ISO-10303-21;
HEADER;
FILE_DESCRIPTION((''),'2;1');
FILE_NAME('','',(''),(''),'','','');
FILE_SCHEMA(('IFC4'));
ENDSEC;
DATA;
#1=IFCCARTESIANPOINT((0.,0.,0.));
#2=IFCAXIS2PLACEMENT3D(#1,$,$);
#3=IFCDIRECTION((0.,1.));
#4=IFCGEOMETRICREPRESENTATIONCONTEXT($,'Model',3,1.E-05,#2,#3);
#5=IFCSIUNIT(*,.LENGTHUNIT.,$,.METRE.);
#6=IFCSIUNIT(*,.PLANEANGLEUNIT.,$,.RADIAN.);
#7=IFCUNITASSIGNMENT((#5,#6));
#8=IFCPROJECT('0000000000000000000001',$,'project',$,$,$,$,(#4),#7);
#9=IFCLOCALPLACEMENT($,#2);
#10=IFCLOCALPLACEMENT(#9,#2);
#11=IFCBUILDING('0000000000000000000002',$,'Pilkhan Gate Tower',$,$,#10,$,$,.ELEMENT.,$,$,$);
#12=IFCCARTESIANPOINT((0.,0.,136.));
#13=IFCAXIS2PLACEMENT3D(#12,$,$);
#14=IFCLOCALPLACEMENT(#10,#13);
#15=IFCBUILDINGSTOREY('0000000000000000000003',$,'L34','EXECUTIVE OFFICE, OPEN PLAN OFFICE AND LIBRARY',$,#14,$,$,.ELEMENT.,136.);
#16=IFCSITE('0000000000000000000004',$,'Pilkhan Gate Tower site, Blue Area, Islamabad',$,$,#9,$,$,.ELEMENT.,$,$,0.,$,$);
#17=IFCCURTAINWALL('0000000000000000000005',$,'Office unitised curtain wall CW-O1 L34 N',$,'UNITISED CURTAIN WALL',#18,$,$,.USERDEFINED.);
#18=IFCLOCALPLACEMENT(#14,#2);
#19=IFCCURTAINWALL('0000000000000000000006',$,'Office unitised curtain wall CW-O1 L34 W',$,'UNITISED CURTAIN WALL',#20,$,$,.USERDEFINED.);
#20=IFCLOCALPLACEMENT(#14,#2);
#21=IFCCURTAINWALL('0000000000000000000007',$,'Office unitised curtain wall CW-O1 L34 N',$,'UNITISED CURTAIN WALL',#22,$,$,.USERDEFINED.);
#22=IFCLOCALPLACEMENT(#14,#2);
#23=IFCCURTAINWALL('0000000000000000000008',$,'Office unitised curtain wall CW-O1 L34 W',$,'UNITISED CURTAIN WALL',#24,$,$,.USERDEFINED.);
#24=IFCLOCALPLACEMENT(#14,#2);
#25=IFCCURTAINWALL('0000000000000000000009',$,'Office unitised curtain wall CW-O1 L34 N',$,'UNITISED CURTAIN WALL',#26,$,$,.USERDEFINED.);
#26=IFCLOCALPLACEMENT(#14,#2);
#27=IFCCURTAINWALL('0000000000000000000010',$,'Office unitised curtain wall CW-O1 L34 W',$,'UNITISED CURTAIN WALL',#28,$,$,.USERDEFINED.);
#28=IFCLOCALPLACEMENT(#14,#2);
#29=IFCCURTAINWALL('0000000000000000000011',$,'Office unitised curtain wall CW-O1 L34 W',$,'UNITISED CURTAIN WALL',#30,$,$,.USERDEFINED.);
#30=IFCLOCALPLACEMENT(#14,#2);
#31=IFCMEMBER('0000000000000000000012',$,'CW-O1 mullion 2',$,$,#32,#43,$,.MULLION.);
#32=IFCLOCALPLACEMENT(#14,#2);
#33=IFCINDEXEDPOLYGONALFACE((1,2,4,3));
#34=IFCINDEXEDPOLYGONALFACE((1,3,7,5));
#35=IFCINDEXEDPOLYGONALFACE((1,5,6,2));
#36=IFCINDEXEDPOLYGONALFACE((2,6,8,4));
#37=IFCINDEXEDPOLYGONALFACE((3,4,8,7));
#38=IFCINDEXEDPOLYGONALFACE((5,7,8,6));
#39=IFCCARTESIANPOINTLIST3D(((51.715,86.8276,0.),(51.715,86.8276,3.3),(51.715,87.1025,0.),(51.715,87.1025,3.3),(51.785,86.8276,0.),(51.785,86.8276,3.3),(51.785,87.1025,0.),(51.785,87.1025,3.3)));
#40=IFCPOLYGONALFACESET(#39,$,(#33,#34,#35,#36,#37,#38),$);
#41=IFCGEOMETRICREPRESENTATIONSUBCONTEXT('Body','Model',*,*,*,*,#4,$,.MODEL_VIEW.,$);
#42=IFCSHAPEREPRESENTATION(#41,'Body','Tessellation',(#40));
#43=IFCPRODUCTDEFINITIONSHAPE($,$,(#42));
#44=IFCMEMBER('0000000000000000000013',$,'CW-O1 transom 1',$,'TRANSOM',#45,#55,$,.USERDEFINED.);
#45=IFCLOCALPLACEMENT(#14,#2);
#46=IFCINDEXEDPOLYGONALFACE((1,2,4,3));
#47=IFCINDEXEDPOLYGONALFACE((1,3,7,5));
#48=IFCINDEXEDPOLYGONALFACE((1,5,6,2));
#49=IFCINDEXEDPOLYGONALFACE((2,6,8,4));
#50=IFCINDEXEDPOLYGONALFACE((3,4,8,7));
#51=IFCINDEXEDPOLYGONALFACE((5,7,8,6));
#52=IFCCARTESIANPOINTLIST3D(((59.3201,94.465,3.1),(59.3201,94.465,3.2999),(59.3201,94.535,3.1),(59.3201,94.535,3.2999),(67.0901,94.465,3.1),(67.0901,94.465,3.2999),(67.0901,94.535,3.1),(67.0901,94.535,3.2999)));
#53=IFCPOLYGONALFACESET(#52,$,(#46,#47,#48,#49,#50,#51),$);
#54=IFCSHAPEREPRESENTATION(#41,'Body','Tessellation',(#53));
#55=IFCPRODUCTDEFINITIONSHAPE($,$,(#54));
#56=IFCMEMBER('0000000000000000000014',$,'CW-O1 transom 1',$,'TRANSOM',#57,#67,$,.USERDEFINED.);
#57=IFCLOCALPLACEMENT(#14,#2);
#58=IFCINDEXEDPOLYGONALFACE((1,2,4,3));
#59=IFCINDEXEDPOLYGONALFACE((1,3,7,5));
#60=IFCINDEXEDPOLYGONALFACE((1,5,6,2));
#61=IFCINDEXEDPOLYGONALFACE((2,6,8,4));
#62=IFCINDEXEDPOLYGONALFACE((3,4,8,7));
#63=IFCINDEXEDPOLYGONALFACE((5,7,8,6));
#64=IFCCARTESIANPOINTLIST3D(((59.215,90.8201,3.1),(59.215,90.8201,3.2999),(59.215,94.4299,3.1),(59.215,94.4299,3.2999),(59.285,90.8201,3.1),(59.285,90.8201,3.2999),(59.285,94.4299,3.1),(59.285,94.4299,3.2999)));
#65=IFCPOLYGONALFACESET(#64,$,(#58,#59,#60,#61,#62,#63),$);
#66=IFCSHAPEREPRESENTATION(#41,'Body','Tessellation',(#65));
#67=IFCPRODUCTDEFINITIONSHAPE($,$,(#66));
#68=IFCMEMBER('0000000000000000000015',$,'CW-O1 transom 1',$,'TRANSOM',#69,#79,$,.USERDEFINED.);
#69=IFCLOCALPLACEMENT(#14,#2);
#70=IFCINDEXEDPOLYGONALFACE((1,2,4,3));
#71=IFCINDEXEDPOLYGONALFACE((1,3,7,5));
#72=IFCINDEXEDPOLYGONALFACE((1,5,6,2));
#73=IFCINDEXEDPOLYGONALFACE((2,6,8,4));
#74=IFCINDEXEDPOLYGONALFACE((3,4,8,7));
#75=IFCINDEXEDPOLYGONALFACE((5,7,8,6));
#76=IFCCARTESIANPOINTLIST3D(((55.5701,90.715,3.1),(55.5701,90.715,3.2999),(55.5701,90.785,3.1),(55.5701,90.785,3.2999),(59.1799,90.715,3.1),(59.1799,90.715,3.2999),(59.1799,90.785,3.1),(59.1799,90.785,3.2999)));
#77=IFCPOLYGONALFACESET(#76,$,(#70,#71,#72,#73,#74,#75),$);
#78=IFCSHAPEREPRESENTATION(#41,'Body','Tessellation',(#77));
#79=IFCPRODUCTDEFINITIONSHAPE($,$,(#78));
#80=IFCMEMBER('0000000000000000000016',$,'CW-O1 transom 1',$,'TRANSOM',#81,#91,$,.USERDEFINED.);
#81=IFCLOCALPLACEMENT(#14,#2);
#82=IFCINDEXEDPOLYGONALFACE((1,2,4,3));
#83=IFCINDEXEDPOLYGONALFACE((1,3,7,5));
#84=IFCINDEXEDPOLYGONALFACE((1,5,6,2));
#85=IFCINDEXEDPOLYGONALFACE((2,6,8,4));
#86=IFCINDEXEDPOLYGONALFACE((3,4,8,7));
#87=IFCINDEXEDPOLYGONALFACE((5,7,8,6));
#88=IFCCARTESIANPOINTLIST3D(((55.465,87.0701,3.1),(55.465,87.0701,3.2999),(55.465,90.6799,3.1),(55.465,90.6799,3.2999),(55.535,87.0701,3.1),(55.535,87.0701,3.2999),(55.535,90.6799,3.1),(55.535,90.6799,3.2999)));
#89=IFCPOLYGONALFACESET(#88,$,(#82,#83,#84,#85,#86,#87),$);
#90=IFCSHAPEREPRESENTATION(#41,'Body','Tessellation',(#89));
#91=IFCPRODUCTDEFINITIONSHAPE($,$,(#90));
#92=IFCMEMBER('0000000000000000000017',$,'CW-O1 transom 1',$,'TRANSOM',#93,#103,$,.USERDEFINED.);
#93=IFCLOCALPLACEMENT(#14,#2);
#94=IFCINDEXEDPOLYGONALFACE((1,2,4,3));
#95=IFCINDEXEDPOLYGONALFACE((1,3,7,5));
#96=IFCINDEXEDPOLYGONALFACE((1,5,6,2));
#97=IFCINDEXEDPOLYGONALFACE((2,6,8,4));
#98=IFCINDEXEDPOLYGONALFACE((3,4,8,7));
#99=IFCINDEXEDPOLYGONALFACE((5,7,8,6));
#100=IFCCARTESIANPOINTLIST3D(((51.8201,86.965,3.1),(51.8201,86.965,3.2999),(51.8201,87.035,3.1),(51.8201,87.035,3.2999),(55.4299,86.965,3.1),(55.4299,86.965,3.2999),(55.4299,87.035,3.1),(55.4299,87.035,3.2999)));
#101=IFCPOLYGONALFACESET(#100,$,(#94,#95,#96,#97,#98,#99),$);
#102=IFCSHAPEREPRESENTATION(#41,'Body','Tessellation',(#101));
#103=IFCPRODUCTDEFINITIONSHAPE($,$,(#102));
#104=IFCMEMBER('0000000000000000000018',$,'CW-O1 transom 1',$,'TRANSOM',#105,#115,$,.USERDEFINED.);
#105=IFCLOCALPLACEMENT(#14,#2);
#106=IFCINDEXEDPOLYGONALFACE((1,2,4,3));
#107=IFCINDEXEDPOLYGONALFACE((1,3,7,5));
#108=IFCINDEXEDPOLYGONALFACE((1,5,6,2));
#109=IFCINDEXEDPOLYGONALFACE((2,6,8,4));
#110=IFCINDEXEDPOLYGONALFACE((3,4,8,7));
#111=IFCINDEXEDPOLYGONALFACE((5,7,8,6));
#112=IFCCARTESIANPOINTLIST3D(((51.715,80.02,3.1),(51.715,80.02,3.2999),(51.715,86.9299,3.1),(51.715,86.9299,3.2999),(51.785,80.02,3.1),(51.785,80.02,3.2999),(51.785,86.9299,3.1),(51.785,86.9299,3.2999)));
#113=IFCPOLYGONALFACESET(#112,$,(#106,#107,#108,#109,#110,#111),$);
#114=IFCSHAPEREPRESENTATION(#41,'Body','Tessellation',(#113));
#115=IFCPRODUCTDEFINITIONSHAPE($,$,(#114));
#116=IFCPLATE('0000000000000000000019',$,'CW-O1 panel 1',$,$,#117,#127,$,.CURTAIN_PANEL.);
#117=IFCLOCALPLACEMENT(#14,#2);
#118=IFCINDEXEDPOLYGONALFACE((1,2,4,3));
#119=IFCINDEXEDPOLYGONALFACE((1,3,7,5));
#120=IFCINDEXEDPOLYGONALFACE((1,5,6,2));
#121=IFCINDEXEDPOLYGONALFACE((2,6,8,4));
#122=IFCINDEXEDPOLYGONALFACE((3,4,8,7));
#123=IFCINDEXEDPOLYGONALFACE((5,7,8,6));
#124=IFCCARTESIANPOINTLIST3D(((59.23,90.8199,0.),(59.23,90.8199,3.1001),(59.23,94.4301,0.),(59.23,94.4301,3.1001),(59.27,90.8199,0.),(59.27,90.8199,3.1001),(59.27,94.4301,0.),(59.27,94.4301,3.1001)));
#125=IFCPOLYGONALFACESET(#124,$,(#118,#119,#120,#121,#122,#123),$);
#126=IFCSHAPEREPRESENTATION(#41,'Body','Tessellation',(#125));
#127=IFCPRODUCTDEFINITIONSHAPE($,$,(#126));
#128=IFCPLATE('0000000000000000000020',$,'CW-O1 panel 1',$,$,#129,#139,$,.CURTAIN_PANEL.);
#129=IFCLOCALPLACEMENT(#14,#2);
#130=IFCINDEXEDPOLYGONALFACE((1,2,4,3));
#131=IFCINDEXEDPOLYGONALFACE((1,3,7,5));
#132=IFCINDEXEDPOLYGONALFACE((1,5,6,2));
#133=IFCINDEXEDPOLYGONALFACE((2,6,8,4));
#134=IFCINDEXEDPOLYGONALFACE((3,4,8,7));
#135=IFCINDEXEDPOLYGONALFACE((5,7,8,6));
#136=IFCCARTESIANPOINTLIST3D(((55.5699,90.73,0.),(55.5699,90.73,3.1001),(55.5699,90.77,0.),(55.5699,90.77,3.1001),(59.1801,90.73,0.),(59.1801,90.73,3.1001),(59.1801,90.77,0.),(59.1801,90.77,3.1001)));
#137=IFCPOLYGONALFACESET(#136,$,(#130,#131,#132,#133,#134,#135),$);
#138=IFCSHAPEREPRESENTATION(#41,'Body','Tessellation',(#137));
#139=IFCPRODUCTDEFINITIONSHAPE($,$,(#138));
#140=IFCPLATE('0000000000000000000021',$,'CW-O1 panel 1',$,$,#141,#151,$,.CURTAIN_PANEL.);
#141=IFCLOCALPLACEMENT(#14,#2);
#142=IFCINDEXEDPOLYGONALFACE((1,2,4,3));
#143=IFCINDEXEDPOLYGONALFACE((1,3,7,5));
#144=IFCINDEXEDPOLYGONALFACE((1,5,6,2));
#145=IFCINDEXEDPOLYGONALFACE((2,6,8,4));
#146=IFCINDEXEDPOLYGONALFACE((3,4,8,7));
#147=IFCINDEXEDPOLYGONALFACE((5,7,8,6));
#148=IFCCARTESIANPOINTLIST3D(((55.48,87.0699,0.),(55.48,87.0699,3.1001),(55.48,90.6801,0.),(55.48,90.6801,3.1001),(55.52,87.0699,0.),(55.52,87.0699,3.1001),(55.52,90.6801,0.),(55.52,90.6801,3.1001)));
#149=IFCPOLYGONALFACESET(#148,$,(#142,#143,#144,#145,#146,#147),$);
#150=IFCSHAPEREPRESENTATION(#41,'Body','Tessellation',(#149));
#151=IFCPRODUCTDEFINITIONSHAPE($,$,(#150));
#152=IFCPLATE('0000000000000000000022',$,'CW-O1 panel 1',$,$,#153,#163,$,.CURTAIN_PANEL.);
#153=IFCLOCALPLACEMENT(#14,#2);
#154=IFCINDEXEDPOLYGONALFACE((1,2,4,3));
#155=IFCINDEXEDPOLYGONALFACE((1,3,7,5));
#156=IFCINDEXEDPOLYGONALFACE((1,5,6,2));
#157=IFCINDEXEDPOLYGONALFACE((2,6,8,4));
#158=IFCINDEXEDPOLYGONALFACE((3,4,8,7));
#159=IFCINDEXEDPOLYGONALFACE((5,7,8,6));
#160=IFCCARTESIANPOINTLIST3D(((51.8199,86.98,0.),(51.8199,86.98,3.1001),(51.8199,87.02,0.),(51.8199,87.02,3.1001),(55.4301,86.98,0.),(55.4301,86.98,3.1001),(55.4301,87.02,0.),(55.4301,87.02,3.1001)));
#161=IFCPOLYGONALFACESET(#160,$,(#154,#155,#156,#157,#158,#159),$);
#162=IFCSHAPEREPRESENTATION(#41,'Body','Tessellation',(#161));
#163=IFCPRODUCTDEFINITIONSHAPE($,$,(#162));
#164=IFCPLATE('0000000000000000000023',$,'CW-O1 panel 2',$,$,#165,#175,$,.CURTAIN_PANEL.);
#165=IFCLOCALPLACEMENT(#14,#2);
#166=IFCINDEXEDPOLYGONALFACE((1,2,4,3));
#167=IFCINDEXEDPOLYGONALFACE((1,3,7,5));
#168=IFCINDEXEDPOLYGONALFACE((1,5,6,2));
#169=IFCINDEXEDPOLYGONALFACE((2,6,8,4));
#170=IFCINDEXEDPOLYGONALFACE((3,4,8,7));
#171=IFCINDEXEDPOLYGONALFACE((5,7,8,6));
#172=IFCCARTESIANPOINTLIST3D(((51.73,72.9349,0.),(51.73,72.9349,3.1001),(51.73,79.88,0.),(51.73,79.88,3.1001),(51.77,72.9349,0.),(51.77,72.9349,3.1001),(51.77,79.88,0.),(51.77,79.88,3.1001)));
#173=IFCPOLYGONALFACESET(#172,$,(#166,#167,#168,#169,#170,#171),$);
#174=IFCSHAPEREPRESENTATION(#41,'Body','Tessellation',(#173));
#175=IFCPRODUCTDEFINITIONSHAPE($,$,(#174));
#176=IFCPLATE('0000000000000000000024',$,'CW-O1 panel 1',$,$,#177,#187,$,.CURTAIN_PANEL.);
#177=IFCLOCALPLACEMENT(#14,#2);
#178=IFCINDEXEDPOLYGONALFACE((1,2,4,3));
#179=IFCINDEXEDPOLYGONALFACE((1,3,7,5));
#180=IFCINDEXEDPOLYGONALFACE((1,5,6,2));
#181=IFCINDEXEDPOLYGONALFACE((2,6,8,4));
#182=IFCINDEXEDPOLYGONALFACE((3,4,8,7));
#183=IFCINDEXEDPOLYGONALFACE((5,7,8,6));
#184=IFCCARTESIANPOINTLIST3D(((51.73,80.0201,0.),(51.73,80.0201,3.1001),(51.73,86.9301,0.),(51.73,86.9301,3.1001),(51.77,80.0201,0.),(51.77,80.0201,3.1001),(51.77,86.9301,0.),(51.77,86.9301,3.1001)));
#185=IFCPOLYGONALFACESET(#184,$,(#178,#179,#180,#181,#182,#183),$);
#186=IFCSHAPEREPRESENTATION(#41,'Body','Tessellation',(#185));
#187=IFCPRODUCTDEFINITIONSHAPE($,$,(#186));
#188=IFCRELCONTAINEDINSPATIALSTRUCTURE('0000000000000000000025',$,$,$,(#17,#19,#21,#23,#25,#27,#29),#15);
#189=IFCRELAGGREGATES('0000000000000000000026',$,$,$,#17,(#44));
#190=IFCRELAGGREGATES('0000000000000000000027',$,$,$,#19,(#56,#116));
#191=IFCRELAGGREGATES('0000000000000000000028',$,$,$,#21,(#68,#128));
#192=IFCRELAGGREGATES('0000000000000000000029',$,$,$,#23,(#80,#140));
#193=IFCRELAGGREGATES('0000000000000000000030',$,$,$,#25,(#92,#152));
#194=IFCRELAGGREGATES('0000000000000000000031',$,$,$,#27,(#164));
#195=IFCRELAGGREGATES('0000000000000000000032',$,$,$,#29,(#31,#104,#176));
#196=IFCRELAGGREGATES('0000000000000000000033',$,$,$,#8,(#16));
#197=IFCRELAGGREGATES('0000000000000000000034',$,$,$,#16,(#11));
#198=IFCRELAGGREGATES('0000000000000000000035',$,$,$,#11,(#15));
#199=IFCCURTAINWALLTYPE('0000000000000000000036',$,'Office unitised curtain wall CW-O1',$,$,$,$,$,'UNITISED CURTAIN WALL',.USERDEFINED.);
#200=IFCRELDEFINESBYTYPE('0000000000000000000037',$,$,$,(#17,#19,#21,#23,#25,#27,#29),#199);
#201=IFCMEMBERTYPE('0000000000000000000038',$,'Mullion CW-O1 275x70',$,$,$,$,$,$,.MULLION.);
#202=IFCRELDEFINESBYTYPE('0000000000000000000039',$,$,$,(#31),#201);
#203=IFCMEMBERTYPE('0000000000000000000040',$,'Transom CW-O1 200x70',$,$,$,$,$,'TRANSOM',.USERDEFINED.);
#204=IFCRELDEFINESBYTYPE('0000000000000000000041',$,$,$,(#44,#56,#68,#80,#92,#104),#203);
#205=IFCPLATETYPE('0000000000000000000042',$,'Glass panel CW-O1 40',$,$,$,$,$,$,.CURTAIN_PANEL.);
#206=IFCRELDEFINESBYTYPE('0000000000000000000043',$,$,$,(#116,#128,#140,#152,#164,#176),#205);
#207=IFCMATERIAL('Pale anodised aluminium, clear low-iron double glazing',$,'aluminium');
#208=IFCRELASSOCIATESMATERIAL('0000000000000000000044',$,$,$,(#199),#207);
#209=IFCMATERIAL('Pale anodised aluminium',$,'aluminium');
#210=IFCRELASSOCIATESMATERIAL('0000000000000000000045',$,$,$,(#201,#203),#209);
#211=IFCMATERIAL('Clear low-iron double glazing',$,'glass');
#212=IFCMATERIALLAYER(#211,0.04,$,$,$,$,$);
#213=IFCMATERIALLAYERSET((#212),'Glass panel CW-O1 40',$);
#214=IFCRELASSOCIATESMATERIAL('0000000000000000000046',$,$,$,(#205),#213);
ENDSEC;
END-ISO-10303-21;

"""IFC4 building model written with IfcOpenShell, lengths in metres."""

from ifc_helpers import new_model, si_unit, direction, frame, origin, origin_2d, place, context, subcontext, project, spatial, rectangle, extrude, material, layer, layer_set, material_profile, profile_set, type_object, element, aggregate, save


model = new_model("IFC4")

# Units and contexts
model_context = context("Model", 3, precision=1e-05, world=origin(), true_north=direction((0.0, 1.0)))
body_context = subcontext(model_context, "Body", "Model", "MODEL_VIEW")
ifc_project = project(units=[si_unit("LENGTHUNIT", "METRE"), si_unit("PLANEANGLEUNIT", "RADIAN")], contexts=[model_context])

# Site, building, storey
site_placement = place(None, origin())
site = spatial("IfcSite", under=ifc_project, at=site_placement, Name="Pilkhan Gate Tower site, Blue Area, Islamabad", CompositionType="ELEMENT", RefElevation=0.0)
building_placement = place(site_placement, origin())
building = spatial("IfcBuilding", under=site, at=building_placement, Name="Pilkhan Gate Tower", CompositionType="ELEMENT")
storey_placement = place(building_placement, frame((0.0, 0.0, 136.0)))
storey = spatial("IfcBuildingStorey", under=building, at=storey_placement, Name="L34", Description="EXECUTIVE OFFICE, OPEN PLAN OFFICE AND LIBRARY", CompositionType="ELEMENT", Elevation=136.0)

# Curtain wall
ifc_material_1 = material(Name="Pale anodised aluminium, clear low-iron double glazing", Category="aluminium")
curtain_wall_type = type_object("IfcCurtainWallType", Name="Office unitised curtain wall CW-O1", ElementType="UNITISED CURTAIN WALL", PredefinedType="USERDEFINED", material=ifc_material_1)
curtain_wall_1_placement = place(storey_placement, origin())
curtain_wall_1 = element("IfcCurtainWall", 1, at=curtain_wall_1_placement, inside=storey, type_object=curtain_wall_type, Name="Office unitised curtain wall CW-O1 L34 N", ObjectType="UNITISED CURTAIN WALL", PredefinedType="USERDEFINED")
ifc_material_2 = material(Name="Pale anodised aluminium", Category="aluminium")
ifc_material_profile_1 = material_profile(ifc_material_2, rectangle(XDim=0.0701, YDim=0.2749, at=origin_2d()), Name="Mullion 275x70")
ifc_profile_set_1 = profile_set([ifc_material_profile_1], Name="Pale anodised aluminium")
member_type_1 = type_object("IfcMemberType", Name="Mullion CW-O1 275x70", PredefinedType="MULLION", material=ifc_profile_set_1)

# Curtain walls
curtain_wall_2_placement = place(storey_placement, origin())
curtain_wall_2 = element("IfcCurtainWall", 2, at=curtain_wall_2_placement, inside=storey, type_object=curtain_wall_type, Name="Office unitised curtain wall CW-O1 L34 W", ObjectType="UNITISED CURTAIN WALL", PredefinedType="USERDEFINED")
curtain_wall_3_placement = place(storey_placement, origin())
curtain_wall_3 = element("IfcCurtainWall", 3, at=curtain_wall_3_placement, inside=storey, type_object=curtain_wall_type, Name="Office unitised curtain wall CW-O1 L34 N", ObjectType="UNITISED CURTAIN WALL", PredefinedType="USERDEFINED")
curtain_wall_4_placement = place(storey_placement, origin())
curtain_wall_4 = element("IfcCurtainWall", 4, at=curtain_wall_4_placement, inside=storey, type_object=curtain_wall_type, Name="Office unitised curtain wall CW-O1 L34 W", ObjectType="UNITISED CURTAIN WALL", PredefinedType="USERDEFINED")
curtain_wall_5_placement = place(storey_placement, origin())
curtain_wall_5 = element("IfcCurtainWall", 5, at=curtain_wall_5_placement, inside=storey, type_object=curtain_wall_type, Name="Office unitised curtain wall CW-O1 L34 N", ObjectType="UNITISED CURTAIN WALL", PredefinedType="USERDEFINED")

# Curtain wall
curtain_wall_6_placement = place(storey_placement, origin())
curtain_wall_6 = element("IfcCurtainWall", 6, at=curtain_wall_6_placement, inside=storey, type_object=curtain_wall_type, Name="Office unitised curtain wall CW-O1 L34 W", ObjectType="UNITISED CURTAIN WALL", PredefinedType="USERDEFINED")

# Curtain wall, member
curtain_wall_7_placement = place(storey_placement, origin())
curtain_wall_7 = element("IfcCurtainWall", 7, at=curtain_wall_7_placement, inside=storey, type_object=curtain_wall_type, Name="Office unitised curtain wall CW-O1 L34 W", ObjectType="UNITISED CURTAIN WALL", PredefinedType="USERDEFINED")
member_1_placement = place(storey_placement, frame((51.75, 86.9651, 0.0), z_axis=(0.0, 0.0, 1.0), x_axis=(-1.0, 0.0, 0.0)))
member_1 = element("IfcMember", 8, at=member_1_placement, type_object=member_type_1, Name="CW-O1 mullion 2", PredefinedType="MULLION", context=body_context, shape_type="SweptSolid", body=[
    extrude(rectangle(XDim=0.0701, YDim=0.2749, at=origin_2d()), origin(), (0.0, 0.0, 1.0), 3.3),
])

# Members
ifc_material_profile_2 = material_profile(ifc_material_2, rectangle(XDim=0.0701, YDim=0.2, at=origin_2d()), Name="Transom 200x70")
ifc_profile_set_2 = profile_set([ifc_material_profile_2], Name="Pale anodised aluminium")
member_type_2 = type_object("IfcMemberType", Name="Transom CW-O1 200x70", ElementType="TRANSOM", PredefinedType="USERDEFINED", material=ifc_profile_set_2)
member_2_placement = place(storey_placement, frame((59.3201, 94.5, 3.2), z_axis=(1.0, 0.0, 0.0), x_axis=(0.0, 1.0, 0.0)))
member_2 = element("IfcMember", 9, at=member_2_placement, type_object=member_type_2, Name="CW-O1 transom 1", ObjectType="TRANSOM", PredefinedType="USERDEFINED", context=body_context, shape_type="SweptSolid", body=[
    extrude(rectangle(XDim=0.0701, YDim=0.2, at=origin_2d()), origin(), (0.0, 0.0, 1.0), 7.77),
])
aggregate(curtain_wall_1, [member_2])
member_3_placement = place(storey_placement, frame((59.25, 90.8201, 3.2), z_axis=(0.0, 1.0, 0.0), x_axis=(-1.0, 0.0, 0.0)))
member_3 = element("IfcMember", 10, at=member_3_placement, type_object=member_type_2, Name="CW-O1 transom 1", ObjectType="TRANSOM", PredefinedType="USERDEFINED", context=body_context, shape_type="SweptSolid", body=[
    extrude(rectangle(XDim=0.0701, YDim=0.2, at=origin_2d()), origin(), (0.0, 0.0, 1.0), 3.6099),
])
member_4_placement = place(storey_placement, frame((55.5701, 90.75, 3.2), z_axis=(1.0, 0.0, 0.0), x_axis=(0.0, 1.0, 0.0)))
member_4 = element("IfcMember", 11, at=member_4_placement, type_object=member_type_2, Name="CW-O1 transom 1", ObjectType="TRANSOM", PredefinedType="USERDEFINED", context=body_context, shape_type="SweptSolid", body=[
    extrude(rectangle(XDim=0.0701, YDim=0.2, at=origin_2d()), origin(), (0.0, 0.0, 1.0), 3.6099),
])
member_5_placement = place(storey_placement, frame((55.5, 87.0701, 3.2), z_axis=(0.0, 1.0, 0.0), x_axis=(-1.0, 0.0, 0.0)))
member_5 = element("IfcMember", 12, at=member_5_placement, type_object=member_type_2, Name="CW-O1 transom 1", ObjectType="TRANSOM", PredefinedType="USERDEFINED", context=body_context, shape_type="SweptSolid", body=[
    extrude(rectangle(XDim=0.0701, YDim=0.2, at=origin_2d()), origin(), (0.0, 0.0, 1.0), 3.6099),
])
member_6_placement = place(storey_placement, frame((51.8201, 87.0, 3.2), z_axis=(1.0, 0.0, 0.0), x_axis=(0.0, 1.0, 0.0)))
member_6 = element("IfcMember", 13, at=member_6_placement, type_object=member_type_2, Name="CW-O1 transom 1", ObjectType="TRANSOM", PredefinedType="USERDEFINED", context=body_context, shape_type="SweptSolid", body=[
    extrude(rectangle(XDim=0.0701, YDim=0.2, at=origin_2d()), origin(), (0.0, 0.0, 1.0), 3.6099),
])
member_7_placement = place(storey_placement, frame((51.75, 80.02, 3.2), z_axis=(0.0, 1.0, 0.0), x_axis=(-1.0, 0.0, 0.0)))
member_7 = element("IfcMember", 14, at=member_7_placement, type_object=member_type_2, Name="CW-O1 transom 1", ObjectType="TRANSOM", PredefinedType="USERDEFINED", context=body_context, shape_type="SweptSolid", body=[
    extrude(rectangle(XDim=0.0701, YDim=0.2, at=origin_2d()), origin(), (0.0, 0.0, 1.0), 6.9099),
])

# Plates
ifc_material_3 = material(Name="Clear low-iron double glazing", Category="glass")
ifc_layer_1 = layer(ifc_material_3, 0.04)
ifc_layer_set_1 = layer_set([ifc_layer_1], Name="Glass panel CW-O1 40")
plate_type = type_object("IfcPlateType", Name="Glass panel CW-O1 40", PredefinedType="CURTAIN_PANEL", material=ifc_layer_set_1)
plate_1_placement = place(storey_placement, frame((59.25, 92.625, 0.0), z_axis=(0.0, 0.0, 1.0), x_axis=(0.0, 1.0, 0.0)))
plate_1 = element("IfcPlate", 15, at=plate_1_placement, type_object=plate_type, Name="CW-O1 panel 1", PredefinedType="CURTAIN_PANEL", context=body_context, shape_type="SweptSolid", body=[
    extrude(rectangle(XDim=3.6101, YDim=0.04, at=origin_2d()), origin(), (0.0, 0.0, 1.0), 3.1001),
])
aggregate(curtain_wall_2, [member_3, plate_1])
plate_2_placement = place(storey_placement, frame((57.375, 90.75, 0.0), z_axis=(0.0, 0.0, 1.0), x_axis=(1.0, 0.0, 0.0)))
plate_2 = element("IfcPlate", 16, at=plate_2_placement, type_object=plate_type, Name="CW-O1 panel 1", PredefinedType="CURTAIN_PANEL", context=body_context, shape_type="SweptSolid", body=[
    extrude(rectangle(XDim=3.6101, YDim=0.04, at=origin_2d()), origin(), (0.0, 0.0, 1.0), 3.1001),
])
aggregate(curtain_wall_3, [member_4, plate_2])
plate_3_placement = place(storey_placement, frame((55.5, 88.875, 0.0), z_axis=(0.0, 0.0, 1.0), x_axis=(0.0, 1.0, 0.0)))
plate_3 = element("IfcPlate", 17, at=plate_3_placement, type_object=plate_type, Name="CW-O1 panel 1", PredefinedType="CURTAIN_PANEL", context=body_context, shape_type="SweptSolid", body=[
    extrude(rectangle(XDim=3.6101, YDim=0.04, at=origin_2d()), origin(), (0.0, 0.0, 1.0), 3.1001),
])
aggregate(curtain_wall_4, [member_5, plate_3])
plate_4_placement = place(storey_placement, frame((53.625, 87.0, 0.0), z_axis=(0.0, 0.0, 1.0), x_axis=(1.0, 0.0, 0.0)))
plate_4 = element("IfcPlate", 18, at=plate_4_placement, type_object=plate_type, Name="CW-O1 panel 1", PredefinedType="CURTAIN_PANEL", context=body_context, shape_type="SweptSolid", body=[
    extrude(rectangle(XDim=3.6101, YDim=0.04, at=origin_2d()), origin(), (0.0, 0.0, 1.0), 3.1001),
])
aggregate(curtain_wall_5, [member_6, plate_4])
plate_5_placement = place(storey_placement, frame((51.75, 76.4075, 0.0), z_axis=(0.0, 0.0, 1.0), x_axis=(0.0, 1.0, 0.0)))
plate_5 = element("IfcPlate", 19, at=plate_5_placement, type_object=plate_type, Name="CW-O1 panel 2", PredefinedType="CURTAIN_PANEL", context=body_context, shape_type="SweptSolid", body=[
    extrude(rectangle(XDim=6.9451, YDim=0.04, at=origin_2d()), origin(), (0.0, 0.0, 1.0), 3.1001),
])
aggregate(curtain_wall_6, [plate_5])
plate_6_placement = place(storey_placement, frame((51.75, 83.4751, 0.0), z_axis=(0.0, 0.0, 1.0), x_axis=(0.0, 1.0, 0.0)))
plate_6 = element("IfcPlate", 20, at=plate_6_placement, type_object=plate_type, Name="CW-O1 panel 1", PredefinedType="CURTAIN_PANEL", context=body_context, shape_type="SweptSolid", body=[
    extrude(rectangle(XDim=6.9099, YDim=0.04, at=origin_2d()), origin(), (0.0, 0.0, 1.0), 3.1001),
])
aggregate(curtain_wall_7, [member_1, member_7, plate_6])

save(model, "model.ifc")
